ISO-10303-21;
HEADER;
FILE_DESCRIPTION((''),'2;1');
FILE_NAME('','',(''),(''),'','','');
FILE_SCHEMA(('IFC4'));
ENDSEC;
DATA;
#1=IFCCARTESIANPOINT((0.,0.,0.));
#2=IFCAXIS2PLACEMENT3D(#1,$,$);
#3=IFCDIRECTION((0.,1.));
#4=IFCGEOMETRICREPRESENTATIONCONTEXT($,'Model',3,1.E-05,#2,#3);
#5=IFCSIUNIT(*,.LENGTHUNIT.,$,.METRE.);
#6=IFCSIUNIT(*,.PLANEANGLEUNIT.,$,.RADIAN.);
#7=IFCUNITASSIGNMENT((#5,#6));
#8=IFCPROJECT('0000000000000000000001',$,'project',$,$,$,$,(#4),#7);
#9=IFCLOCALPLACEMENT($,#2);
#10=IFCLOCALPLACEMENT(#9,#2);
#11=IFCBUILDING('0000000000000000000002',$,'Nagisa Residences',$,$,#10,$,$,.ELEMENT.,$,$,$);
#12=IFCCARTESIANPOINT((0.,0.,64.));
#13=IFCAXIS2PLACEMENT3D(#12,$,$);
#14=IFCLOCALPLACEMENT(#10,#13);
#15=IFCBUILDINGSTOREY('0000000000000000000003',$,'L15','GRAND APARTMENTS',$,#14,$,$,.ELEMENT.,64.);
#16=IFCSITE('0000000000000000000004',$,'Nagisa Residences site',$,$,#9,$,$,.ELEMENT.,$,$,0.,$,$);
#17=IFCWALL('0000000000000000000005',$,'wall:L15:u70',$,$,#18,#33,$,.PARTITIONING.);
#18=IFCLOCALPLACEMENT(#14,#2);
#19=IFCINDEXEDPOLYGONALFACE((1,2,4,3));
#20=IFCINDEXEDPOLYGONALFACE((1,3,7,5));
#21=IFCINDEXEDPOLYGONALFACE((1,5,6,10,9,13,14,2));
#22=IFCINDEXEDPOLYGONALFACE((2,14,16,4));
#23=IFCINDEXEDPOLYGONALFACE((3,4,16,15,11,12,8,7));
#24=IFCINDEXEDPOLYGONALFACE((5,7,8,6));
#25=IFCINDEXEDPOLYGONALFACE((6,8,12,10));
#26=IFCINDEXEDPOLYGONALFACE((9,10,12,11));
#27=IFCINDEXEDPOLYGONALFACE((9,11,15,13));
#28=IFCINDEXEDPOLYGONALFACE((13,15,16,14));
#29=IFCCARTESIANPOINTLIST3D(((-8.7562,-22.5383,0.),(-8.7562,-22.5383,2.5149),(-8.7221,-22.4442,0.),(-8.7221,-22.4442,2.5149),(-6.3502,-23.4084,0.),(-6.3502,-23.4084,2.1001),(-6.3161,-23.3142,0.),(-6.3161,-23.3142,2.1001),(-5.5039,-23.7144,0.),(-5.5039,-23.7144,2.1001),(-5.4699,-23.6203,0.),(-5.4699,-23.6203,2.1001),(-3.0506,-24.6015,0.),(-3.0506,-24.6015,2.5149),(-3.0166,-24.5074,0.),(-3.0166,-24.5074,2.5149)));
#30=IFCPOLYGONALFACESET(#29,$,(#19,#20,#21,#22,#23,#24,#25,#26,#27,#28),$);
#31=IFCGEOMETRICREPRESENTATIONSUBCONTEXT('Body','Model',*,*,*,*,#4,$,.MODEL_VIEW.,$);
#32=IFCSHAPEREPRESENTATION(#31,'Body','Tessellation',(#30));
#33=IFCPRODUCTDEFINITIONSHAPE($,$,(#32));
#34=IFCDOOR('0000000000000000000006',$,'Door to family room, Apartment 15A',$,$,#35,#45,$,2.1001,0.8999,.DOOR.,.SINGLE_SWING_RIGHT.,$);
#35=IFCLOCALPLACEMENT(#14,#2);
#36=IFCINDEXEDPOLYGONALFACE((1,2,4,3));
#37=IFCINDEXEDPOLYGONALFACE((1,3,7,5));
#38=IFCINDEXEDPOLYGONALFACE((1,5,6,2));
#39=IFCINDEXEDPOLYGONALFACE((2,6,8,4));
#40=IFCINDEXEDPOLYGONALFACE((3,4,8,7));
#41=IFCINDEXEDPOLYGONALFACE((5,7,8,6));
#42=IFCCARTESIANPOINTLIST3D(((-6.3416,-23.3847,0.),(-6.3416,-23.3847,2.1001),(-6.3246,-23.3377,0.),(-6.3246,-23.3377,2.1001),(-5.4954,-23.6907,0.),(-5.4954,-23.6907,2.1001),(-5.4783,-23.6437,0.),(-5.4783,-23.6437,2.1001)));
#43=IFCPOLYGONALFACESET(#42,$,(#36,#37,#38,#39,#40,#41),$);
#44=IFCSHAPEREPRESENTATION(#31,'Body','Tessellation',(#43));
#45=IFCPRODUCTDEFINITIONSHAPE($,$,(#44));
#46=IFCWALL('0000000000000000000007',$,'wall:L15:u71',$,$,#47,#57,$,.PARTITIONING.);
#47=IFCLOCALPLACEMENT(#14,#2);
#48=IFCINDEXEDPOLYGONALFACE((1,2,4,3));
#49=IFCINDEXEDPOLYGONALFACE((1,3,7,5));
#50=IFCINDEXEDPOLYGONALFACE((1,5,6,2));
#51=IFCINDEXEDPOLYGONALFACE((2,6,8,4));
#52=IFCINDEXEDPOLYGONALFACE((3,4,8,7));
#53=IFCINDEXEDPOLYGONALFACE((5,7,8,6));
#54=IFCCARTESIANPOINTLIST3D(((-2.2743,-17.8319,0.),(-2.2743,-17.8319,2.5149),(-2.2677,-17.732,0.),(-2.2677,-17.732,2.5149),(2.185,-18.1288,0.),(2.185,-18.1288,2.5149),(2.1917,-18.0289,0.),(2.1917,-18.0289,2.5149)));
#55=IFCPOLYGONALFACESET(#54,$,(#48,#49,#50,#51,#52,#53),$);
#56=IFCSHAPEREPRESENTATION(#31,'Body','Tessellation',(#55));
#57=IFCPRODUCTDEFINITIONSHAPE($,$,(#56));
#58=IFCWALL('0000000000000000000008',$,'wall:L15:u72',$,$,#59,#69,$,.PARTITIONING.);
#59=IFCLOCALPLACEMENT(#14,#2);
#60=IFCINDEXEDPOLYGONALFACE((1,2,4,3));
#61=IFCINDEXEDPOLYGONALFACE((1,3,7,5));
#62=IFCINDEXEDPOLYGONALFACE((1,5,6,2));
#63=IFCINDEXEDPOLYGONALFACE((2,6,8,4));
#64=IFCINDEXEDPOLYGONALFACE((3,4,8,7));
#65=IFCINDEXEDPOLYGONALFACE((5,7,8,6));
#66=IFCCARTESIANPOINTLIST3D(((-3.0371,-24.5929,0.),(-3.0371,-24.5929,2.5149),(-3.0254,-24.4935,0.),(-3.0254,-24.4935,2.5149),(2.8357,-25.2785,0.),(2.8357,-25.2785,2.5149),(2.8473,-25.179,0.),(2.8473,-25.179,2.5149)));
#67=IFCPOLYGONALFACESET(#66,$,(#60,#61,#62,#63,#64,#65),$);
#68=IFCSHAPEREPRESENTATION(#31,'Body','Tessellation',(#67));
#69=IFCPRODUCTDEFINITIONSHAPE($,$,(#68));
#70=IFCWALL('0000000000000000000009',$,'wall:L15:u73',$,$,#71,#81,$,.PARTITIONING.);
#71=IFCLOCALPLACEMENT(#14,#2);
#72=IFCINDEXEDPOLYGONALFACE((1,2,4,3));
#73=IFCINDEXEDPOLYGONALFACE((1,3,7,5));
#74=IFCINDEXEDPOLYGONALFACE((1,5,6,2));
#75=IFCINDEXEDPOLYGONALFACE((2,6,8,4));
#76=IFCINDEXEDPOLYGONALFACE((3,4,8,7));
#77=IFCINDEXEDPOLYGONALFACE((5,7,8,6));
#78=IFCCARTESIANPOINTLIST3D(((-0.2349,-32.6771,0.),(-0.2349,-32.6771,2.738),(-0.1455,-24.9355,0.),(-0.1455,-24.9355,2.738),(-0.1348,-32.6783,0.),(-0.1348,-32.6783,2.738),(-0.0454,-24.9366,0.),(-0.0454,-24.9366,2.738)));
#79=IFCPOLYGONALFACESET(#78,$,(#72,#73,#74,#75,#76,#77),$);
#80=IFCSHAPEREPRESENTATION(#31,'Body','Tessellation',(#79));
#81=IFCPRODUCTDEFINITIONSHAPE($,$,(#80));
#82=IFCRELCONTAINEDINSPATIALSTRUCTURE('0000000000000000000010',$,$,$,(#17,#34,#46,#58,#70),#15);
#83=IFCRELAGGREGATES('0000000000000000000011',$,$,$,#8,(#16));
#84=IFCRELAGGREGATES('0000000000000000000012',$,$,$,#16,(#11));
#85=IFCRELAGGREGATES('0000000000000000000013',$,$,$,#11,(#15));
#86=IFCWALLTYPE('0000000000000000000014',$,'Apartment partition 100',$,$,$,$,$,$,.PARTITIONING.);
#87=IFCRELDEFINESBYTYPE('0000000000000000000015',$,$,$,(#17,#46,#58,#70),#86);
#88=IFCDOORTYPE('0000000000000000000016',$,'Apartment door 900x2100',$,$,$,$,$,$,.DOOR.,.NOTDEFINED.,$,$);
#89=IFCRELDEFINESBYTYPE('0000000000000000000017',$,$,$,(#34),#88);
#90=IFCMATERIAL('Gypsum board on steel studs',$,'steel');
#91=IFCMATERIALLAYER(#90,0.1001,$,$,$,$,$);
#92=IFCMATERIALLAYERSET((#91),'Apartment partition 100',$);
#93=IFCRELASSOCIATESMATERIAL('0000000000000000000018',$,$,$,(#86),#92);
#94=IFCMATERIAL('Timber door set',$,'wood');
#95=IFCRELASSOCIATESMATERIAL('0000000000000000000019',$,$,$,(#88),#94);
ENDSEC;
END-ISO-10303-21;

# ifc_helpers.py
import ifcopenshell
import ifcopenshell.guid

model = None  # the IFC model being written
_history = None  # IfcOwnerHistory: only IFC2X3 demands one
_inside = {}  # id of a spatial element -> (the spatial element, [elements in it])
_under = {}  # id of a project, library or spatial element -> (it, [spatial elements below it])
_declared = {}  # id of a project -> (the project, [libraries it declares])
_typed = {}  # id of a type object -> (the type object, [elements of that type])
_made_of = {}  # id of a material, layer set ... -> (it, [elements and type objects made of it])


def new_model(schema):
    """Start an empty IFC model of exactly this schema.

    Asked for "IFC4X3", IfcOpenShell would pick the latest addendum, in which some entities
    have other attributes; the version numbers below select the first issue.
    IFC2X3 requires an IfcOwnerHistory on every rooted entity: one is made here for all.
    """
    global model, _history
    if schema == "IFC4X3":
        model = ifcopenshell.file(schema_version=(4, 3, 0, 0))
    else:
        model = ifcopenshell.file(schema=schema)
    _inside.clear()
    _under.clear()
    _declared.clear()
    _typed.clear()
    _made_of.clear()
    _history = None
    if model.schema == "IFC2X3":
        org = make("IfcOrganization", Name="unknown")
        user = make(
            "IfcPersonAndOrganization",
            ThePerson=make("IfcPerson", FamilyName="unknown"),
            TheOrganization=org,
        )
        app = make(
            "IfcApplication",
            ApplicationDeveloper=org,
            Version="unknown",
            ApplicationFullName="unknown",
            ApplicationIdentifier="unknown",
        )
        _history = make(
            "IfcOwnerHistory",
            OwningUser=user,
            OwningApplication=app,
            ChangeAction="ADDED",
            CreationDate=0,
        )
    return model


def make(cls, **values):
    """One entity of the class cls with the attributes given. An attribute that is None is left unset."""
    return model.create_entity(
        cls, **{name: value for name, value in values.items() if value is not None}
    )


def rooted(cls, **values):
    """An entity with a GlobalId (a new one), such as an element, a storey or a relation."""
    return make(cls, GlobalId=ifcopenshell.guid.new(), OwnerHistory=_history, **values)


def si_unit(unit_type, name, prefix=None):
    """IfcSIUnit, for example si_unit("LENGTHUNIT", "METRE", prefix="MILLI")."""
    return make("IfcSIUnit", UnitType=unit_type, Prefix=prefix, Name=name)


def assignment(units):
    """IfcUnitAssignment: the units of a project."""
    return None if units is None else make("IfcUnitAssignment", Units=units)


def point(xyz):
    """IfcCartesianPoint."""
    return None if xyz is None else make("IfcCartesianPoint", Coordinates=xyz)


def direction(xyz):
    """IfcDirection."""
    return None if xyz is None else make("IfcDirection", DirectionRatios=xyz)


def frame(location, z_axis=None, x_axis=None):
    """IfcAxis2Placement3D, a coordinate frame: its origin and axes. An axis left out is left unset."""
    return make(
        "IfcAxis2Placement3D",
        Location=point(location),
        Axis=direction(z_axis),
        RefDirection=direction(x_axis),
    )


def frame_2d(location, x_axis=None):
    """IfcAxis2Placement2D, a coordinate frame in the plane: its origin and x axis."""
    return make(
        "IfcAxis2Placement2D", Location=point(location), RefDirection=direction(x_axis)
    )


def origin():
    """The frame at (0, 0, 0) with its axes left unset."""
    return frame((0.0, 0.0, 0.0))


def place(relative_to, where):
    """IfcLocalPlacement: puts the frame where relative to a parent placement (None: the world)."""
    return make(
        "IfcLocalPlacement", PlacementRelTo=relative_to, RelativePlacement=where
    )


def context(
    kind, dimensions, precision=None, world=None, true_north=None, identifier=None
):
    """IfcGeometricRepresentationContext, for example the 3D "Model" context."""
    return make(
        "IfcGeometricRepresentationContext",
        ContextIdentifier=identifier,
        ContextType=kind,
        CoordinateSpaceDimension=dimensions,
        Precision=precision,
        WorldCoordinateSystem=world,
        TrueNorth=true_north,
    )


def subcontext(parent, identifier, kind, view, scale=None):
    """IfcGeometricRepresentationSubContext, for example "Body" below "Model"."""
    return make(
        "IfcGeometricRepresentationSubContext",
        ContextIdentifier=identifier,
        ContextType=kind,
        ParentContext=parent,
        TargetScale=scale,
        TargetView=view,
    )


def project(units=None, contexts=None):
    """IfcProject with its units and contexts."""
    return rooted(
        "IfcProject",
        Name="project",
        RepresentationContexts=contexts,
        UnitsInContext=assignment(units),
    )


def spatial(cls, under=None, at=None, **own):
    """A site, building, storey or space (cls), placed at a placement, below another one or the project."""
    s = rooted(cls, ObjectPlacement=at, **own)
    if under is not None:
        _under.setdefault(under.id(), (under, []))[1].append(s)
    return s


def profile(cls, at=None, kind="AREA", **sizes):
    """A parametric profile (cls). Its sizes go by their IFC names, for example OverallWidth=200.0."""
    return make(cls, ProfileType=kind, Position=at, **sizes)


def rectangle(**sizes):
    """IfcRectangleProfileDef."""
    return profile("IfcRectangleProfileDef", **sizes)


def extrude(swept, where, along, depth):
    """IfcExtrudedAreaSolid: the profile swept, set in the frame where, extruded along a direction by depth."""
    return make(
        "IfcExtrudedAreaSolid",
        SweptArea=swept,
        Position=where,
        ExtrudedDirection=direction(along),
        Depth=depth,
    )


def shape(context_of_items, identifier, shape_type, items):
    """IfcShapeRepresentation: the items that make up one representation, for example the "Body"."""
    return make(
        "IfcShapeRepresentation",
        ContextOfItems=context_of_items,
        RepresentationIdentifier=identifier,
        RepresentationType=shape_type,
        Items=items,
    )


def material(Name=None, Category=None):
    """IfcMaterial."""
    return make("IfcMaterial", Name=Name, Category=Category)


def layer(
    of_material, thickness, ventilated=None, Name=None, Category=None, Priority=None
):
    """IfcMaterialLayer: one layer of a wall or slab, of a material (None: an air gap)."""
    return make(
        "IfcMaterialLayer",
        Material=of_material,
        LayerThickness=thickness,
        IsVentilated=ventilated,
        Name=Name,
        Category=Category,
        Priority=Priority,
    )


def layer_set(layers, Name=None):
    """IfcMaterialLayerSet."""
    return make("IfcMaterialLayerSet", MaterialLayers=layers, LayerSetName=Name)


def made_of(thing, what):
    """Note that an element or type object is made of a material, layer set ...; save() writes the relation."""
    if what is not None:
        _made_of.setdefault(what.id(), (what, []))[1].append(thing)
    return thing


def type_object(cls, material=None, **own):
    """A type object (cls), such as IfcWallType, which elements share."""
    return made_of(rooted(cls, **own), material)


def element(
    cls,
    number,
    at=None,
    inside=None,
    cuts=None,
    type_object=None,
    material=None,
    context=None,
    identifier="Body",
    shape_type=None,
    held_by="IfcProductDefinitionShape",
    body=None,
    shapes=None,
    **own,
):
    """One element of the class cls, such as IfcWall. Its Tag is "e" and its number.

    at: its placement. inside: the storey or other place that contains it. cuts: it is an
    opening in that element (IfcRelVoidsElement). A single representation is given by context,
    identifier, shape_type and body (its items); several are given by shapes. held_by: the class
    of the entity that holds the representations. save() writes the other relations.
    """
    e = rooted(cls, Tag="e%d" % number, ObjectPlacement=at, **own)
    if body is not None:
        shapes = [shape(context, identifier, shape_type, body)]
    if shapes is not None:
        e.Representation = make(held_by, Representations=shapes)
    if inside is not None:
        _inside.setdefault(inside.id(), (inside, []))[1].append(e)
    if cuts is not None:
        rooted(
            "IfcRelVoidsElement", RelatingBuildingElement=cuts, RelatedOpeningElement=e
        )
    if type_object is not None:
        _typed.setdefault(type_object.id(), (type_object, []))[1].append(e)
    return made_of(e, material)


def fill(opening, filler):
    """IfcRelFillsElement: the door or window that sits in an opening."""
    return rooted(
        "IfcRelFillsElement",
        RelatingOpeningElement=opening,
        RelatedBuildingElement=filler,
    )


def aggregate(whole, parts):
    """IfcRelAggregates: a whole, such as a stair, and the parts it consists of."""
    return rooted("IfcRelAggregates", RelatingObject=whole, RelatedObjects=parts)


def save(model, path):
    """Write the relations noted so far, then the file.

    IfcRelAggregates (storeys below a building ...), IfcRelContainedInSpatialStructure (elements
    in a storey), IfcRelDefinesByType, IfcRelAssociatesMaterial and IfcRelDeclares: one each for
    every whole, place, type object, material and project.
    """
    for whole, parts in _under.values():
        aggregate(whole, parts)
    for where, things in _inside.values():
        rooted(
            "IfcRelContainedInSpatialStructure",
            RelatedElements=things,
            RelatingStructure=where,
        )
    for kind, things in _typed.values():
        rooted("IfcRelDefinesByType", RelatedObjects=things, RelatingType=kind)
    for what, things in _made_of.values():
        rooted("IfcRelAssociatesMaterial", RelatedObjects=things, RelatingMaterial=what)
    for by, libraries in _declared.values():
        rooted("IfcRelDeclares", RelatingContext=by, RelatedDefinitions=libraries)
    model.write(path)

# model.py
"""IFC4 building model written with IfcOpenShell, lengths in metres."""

from ifc_helpers import new_model, si_unit, direction, frame, frame_2d, origin, place, context, subcontext, project, spatial, rectangle, extrude, material, layer, layer_set, type_object, element, fill, save


model = new_model("IFC4")

# Units and contexts
model_context = context("Model", 3, precision=1e-05, world=origin(), true_north=direction((0.0, 1.0)))
body_context = subcontext(model_context, "Body", "Model", "MODEL_VIEW")
ifc_project = project(units=[si_unit("LENGTHUNIT", "METRE"), si_unit("PLANEANGLEUNIT", "RADIAN")], contexts=[model_context])

# Site, building, storey
site_placement = place(None, origin())
site = spatial("IfcSite", under=ifc_project, at=site_placement, Name="Nagisa Residences site", CompositionType="ELEMENT", RefElevation=0.0)
building_placement = place(site_placement, origin())
building = spatial("IfcBuilding", under=site, at=building_placement, Name="Nagisa Residences", CompositionType="ELEMENT")
storey_placement = place(building_placement, frame((0.0, 0.0, 64.0)))
storey = spatial("IfcBuildingStorey", under=building, at=storey_placement, Name="L15", Description="GRAND APARTMENTS", CompositionType="ELEMENT", Elevation=64.0)

# Shared definitions
ifc_material_1 = material(Name="Gypsum board on steel studs", Category="steel")
ifc_layer_1 = layer(ifc_material_1, 0.1001)
ifc_layer_set_1 = layer_set([ifc_layer_1], Name="Apartment partition 100")
wall_type = type_object("IfcWallType", Name="Apartment partition 100", PredefinedType="PARTITIONING", material=ifc_layer_set_1)
ifc_material_2 = material(Name="Timber door set", Category="wood")
door_type = type_object("IfcDoorType", Name="Apartment door 900x2100", OperationType="NOTDEFINED", PredefinedType="DOOR", material=ifc_material_2)

# Wall, opening, door
wall_1_placement = place(storey_placement, frame((-8.7393, -22.4912, 0.0), z_axis=(0.0, 0.0, 1.0), x_axis=(0.940402, -0.340066, 0.0)))
wall_1 = element("IfcWall", 1, at=wall_1_placement, inside=storey, type_object=wall_type, Name="wall:L15:u70", PredefinedType="PARTITIONING", context=body_context, shape_type="SweptSolid", body=[
    extrude(rectangle(XDim=6.0671, YDim=0.1001, at=frame_2d((3.0337, 0.0))), origin(), (0.0, 0.0, 1.0), 2.5149),
])
opening_1_placement = place(wall_1_placement, frame((2.5586, 0.0, 0.0)))
opening_1 = element("IfcOpeningElement", 2, at=opening_1_placement, cuts=wall_1, PredefinedType="OPENING", context=body_context, shape_type="SweptSolid", body=[
    extrude(rectangle(XDim=0.8999, YDim=2.1001, at=frame_2d((0.45, 1.05))), frame((0.0, 0.0601, 0.0), z_axis=(0.0, -1.0, 0.0), x_axis=(1.0, 0.0, 0.0)), (0.0, 0.0, 1.0), 0.1201),
])
door_1_placement = place(opening_1_placement, frame((0.8999, 0.0, 0.0), x_axis=(-1.0, 0.0, 0.0)))
door_1 = element("IfcDoor", 3, at=door_1_placement, inside=storey, type_object=door_type, Name="Door to family room, Apartment 15A", OperationType="SINGLE_SWING_RIGHT", OverallHeight=2.1001, OverallWidth=0.8999, PredefinedType="DOOR", context=body_context, shape_type="SweptSolid", body=[
    extrude(rectangle(XDim=0.8999, YDim=2.1001, at=frame_2d((0.45, 1.05))), frame((0.0, 0.0249, 0.0), z_axis=(0.0, -1.0, 0.0), x_axis=(1.0, 0.0, 0.0)), (0.0, 0.0, 1.0), 0.05),
])
fill(opening_1, door_1)

# Walls
wall_2_placement = place(storey_placement, frame((-2.271, -17.782, 0.0), z_axis=(0.0, 0.0, 1.0), x_axis=(0.997791, -0.066425, 0.0)))
element("IfcWall", 4, at=wall_2_placement, inside=storey, type_object=wall_type, Name="wall:L15:u71", PredefinedType="PARTITIONING", context=body_context, shape_type="SweptSolid", body=[
    extrude(rectangle(XDim=4.4692, YDim=0.1001, at=frame_2d((2.2346, 0.0))), origin(), (0.0, 0.0, 1.0), 2.5149),
])
wall_3_placement = place(storey_placement, frame((-3.0312, -24.5432, 0.0), z_axis=(0.0, 0.0, 1.0), x_axis=(0.993256, -0.115945, 0.0)))
element("IfcWall", 5, at=wall_3_placement, inside=storey, type_object=wall_type, Name="wall:L15:u72", PredefinedType="PARTITIONING", context=body_context, shape_type="SweptSolid", body=[
    extrude(rectangle(XDim=5.9126, YDim=0.1001, at=frame_2d((2.9563, 0.0))), origin(), (0.0, 0.0, 1.0), 2.5149),
])
wall_4_placement = place(storey_placement, frame((-0.0955, -24.936, 0.0), z_axis=(0.0, 0.0, 1.0), x_axis=(-0.011541, -0.999933, 0.0)))
element("IfcWall", 6, at=wall_4_placement, inside=storey, type_object=wall_type, Name="wall:L15:u73", PredefinedType="PARTITIONING", context=body_context, shape_type="SweptSolid", body=[
    extrude(rectangle(XDim=7.7422, YDim=0.1001, at=frame_2d((3.8711, 0.0))), origin(), (0.0, 0.0, 1.0), 2.738),
])

save(model, "model.ifc")
